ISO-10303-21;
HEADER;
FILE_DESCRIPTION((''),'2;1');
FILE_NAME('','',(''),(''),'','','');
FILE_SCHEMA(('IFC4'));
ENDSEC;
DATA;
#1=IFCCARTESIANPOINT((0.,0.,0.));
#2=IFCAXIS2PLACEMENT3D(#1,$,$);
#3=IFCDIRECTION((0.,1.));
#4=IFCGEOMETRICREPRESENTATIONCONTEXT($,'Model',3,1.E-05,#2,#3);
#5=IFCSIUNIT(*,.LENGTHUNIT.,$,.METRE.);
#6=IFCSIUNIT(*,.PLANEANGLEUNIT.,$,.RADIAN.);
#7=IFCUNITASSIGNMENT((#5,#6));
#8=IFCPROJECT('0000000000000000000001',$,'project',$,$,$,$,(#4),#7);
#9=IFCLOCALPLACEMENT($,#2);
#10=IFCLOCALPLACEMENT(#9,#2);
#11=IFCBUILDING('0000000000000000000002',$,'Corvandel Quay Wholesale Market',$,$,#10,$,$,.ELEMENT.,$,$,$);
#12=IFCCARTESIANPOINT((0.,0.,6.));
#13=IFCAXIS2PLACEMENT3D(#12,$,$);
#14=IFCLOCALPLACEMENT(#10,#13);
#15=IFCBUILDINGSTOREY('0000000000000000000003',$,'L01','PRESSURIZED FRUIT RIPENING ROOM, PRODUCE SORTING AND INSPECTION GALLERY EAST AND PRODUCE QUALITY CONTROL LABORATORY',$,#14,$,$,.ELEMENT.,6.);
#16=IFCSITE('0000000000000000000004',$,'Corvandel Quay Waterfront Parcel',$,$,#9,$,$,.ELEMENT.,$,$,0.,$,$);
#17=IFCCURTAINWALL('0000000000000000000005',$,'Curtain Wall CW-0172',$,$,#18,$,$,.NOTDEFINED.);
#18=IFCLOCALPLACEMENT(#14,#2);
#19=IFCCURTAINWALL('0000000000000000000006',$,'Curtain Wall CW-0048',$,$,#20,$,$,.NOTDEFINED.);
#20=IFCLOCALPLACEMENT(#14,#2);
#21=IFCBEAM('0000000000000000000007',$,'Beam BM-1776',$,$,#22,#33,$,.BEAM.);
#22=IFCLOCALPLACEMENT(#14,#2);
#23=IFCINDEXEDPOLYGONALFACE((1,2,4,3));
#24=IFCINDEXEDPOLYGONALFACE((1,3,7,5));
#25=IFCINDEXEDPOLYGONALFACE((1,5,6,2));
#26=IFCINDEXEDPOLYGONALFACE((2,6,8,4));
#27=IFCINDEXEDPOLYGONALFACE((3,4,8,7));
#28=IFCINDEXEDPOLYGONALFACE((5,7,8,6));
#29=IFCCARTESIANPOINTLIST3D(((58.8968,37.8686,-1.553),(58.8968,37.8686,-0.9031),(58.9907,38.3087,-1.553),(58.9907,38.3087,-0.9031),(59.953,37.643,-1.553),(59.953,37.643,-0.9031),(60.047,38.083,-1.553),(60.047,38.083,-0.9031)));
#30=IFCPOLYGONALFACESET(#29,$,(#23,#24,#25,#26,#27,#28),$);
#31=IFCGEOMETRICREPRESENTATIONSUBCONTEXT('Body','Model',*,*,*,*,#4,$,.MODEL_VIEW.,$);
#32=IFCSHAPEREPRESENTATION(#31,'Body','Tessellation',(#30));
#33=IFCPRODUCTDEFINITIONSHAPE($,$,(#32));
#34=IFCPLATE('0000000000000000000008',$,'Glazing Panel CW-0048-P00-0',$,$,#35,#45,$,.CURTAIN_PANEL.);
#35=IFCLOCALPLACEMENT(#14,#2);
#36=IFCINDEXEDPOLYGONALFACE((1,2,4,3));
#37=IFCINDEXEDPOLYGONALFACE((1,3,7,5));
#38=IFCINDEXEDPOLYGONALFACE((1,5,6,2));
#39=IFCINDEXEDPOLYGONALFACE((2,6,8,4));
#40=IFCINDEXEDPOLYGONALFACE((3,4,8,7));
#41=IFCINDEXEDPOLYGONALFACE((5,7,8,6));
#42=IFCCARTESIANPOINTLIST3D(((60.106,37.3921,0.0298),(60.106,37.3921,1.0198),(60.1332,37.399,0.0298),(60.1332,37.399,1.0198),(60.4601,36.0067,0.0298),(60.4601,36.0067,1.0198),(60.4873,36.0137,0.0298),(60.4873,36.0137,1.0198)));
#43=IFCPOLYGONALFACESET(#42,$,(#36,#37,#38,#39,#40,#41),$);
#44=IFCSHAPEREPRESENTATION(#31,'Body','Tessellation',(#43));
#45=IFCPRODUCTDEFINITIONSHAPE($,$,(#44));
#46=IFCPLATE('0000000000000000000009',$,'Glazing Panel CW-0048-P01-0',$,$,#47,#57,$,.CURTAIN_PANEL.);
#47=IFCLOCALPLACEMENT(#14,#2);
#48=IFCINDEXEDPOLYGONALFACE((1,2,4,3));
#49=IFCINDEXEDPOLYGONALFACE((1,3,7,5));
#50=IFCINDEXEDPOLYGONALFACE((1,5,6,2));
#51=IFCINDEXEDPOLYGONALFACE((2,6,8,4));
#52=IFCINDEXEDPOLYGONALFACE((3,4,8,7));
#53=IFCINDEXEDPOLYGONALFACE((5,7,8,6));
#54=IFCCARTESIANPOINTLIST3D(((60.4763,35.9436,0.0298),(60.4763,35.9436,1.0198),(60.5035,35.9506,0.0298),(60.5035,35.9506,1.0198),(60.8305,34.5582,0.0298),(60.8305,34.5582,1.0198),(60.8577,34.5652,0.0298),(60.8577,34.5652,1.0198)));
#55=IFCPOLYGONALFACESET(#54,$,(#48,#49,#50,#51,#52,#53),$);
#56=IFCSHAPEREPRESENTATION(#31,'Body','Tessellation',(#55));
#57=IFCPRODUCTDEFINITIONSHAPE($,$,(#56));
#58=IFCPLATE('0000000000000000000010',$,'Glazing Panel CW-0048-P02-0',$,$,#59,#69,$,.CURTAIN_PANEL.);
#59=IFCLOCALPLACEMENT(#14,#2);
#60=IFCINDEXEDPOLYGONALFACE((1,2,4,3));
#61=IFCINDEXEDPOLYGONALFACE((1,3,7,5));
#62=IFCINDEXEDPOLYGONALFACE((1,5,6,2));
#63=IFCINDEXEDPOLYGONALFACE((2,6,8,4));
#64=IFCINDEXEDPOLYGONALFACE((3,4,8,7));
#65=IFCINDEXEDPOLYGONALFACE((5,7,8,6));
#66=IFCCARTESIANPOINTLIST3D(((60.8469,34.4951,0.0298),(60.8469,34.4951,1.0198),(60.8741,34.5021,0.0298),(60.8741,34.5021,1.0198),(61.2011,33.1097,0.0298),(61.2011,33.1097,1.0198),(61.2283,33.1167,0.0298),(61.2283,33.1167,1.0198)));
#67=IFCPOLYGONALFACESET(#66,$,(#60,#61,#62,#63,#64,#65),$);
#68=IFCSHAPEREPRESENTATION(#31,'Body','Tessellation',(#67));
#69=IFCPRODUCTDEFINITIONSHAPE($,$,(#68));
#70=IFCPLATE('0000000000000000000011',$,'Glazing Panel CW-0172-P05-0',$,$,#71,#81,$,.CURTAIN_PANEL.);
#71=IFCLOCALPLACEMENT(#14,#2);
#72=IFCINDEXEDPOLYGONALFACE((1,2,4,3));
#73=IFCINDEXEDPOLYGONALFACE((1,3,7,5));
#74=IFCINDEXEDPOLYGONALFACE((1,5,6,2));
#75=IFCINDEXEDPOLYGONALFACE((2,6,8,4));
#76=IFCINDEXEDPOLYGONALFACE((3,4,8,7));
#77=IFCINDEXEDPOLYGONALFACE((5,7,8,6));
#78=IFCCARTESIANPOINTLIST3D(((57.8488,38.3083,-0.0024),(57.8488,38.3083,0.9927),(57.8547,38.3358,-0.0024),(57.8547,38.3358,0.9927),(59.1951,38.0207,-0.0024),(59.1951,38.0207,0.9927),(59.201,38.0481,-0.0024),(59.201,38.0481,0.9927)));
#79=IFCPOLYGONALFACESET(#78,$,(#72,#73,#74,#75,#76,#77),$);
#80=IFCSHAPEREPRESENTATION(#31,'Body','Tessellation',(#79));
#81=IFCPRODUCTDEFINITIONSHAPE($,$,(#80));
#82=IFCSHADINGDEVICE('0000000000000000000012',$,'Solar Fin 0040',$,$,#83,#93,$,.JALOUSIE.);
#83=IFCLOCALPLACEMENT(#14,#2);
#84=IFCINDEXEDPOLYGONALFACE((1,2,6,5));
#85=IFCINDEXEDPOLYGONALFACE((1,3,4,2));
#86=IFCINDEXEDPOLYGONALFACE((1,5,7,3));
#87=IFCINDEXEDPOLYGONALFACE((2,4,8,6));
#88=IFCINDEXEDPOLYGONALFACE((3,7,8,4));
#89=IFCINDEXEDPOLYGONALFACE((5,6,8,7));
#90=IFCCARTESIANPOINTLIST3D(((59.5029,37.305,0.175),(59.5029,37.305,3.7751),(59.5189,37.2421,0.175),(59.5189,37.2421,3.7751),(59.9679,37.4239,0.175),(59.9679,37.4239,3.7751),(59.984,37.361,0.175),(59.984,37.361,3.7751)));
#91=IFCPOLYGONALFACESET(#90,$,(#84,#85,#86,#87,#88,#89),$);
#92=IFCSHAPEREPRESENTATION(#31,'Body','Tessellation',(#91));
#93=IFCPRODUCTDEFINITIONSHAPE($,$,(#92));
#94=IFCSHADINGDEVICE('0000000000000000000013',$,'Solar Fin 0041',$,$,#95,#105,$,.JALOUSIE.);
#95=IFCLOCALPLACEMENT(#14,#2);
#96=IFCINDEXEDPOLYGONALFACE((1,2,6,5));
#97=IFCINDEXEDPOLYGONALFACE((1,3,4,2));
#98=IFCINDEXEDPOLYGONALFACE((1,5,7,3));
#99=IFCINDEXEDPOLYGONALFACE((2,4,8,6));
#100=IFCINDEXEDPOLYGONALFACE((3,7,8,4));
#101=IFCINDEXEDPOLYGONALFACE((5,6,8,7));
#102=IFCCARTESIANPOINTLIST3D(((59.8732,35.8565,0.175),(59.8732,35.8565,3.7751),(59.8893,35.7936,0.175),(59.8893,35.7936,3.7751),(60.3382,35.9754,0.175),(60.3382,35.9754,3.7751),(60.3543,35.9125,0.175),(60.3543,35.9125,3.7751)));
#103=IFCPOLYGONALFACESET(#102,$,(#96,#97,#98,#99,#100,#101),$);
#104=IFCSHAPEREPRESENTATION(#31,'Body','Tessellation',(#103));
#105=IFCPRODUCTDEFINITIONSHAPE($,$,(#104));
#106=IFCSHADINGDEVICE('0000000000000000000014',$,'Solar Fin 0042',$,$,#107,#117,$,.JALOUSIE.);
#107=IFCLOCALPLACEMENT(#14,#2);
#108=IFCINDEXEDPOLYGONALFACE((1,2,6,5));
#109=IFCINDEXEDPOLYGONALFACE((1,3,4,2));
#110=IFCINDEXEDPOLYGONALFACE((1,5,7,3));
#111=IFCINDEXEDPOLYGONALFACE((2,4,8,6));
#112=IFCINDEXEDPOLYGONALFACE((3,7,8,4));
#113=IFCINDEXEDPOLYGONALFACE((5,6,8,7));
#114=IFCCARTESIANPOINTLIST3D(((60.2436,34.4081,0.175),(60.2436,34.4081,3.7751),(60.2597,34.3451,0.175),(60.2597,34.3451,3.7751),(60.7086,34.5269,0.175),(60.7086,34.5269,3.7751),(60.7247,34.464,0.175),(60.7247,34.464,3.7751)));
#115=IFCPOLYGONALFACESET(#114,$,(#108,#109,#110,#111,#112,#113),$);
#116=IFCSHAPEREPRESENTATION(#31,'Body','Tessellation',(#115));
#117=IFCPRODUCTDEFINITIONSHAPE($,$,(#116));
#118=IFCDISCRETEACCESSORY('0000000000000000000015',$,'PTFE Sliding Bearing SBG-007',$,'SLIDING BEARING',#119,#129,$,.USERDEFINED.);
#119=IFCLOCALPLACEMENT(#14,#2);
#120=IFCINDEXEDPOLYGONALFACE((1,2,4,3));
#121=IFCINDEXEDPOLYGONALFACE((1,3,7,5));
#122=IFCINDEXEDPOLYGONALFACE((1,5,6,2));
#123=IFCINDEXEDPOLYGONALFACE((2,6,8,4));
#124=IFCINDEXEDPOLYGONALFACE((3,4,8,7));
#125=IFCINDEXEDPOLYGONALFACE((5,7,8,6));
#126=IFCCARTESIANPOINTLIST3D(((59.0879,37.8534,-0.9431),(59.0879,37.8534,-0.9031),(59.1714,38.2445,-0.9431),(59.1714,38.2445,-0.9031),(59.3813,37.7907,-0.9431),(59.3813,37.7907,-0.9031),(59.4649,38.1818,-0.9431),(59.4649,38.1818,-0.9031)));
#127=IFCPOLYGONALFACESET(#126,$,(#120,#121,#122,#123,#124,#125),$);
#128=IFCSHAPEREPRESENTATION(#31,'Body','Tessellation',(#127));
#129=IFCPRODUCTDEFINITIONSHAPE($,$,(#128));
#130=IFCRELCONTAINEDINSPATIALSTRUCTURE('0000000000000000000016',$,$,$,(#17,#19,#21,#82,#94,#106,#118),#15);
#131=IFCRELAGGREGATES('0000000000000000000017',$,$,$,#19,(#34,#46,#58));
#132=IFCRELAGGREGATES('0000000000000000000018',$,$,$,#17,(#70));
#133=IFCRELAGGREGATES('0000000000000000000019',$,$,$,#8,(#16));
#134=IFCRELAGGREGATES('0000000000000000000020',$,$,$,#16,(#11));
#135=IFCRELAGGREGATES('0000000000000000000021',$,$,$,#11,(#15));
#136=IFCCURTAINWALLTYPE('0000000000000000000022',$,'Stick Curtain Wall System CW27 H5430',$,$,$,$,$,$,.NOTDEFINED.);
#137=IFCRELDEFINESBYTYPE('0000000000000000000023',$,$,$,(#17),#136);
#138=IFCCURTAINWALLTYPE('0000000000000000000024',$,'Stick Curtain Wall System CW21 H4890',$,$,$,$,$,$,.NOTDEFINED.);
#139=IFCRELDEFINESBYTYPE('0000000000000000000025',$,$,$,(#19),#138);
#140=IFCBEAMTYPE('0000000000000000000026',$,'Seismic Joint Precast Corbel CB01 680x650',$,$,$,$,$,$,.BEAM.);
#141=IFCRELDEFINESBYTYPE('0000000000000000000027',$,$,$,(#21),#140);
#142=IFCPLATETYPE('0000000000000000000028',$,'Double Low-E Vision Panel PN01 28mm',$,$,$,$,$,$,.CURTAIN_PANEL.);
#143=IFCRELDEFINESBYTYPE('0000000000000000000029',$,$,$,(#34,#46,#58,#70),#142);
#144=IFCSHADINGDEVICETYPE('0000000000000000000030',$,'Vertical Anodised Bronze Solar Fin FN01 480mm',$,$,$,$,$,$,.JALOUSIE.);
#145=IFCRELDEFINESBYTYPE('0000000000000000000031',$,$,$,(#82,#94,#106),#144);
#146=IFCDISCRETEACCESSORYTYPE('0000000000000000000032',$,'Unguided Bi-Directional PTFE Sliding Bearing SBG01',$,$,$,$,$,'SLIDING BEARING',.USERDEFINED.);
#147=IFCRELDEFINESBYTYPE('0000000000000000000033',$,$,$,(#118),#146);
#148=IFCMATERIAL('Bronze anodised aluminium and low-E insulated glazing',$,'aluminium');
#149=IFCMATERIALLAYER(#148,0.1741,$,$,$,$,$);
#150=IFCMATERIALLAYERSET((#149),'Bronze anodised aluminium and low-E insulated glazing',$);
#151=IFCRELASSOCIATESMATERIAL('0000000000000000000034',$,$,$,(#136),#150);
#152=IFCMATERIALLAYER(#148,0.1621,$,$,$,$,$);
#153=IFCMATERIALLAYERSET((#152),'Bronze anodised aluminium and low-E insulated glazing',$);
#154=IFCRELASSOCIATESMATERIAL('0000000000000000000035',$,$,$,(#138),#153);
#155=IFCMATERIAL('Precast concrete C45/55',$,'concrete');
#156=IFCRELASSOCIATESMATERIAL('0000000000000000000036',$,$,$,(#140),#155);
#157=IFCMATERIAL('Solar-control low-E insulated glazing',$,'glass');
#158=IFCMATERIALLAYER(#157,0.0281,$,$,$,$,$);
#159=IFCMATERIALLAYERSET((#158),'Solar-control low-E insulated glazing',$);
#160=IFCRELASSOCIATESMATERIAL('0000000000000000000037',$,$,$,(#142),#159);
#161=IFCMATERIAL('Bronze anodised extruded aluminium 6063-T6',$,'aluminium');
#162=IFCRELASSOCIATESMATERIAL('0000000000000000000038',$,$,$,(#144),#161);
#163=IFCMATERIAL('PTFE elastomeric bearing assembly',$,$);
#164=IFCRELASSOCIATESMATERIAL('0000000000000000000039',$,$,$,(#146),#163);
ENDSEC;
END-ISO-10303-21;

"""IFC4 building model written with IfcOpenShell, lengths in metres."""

from ifc_helpers import new_model, si_unit, direction, frame, origin, origin_2d, place, context, subcontext, project, spatial, rectangle, extrude, material, layer, layer_set, material_profile, profile_set, type_object, element, aggregate, save


model = new_model("IFC4")

# Units and contexts
model_context = context("Model", 3, precision=1e-05, world=origin(), true_north=direction((0.0, 1.0)))
body_context = subcontext(model_context, "Body", "Model", "MODEL_VIEW")
ifc_project = project(units=[si_unit("LENGTHUNIT", "METRE"), si_unit("PLANEANGLEUNIT", "RADIAN")], contexts=[model_context])

# Site, building, storey
site_placement = place(None, origin())
site = spatial("IfcSite", under=ifc_project, at=site_placement, Name="Corvandel Quay Waterfront Parcel", CompositionType="ELEMENT", RefElevation=0.0)
building_placement = place(site_placement, origin())
building = spatial("IfcBuilding", under=site, at=building_placement, Name="Corvandel Quay Wholesale Market", CompositionType="ELEMENT")
storey_placement = place(building_placement, frame((0.0, 0.0, 6.0)))
storey = spatial("IfcBuildingStorey", under=building, at=storey_placement, Name="L01", Description="PRESSURIZED FRUIT RIPENING ROOM, PRODUCE SORTING AND INSPECTION GALLERY EAST AND PRODUCE QUALITY CONTROL LABORATORY", CompositionType="ELEMENT", Elevation=6.0)

# Shared definitions
ifc_material_1 = material(Name="Precast concrete C45/55", Category="concrete")

# Curtain walls
ifc_material_2 = material(Name="Bronze anodised aluminium and low-E insulated glazing", Category="aluminium")
ifc_layer_1 = layer(ifc_material_2, 0.1741)
ifc_layer_set_1 = layer_set([ifc_layer_1], Name="Bronze anodised aluminium and low-E insulated glazing")
curtain_wall_type_1 = type_object("IfcCurtainWallType", Name="Stick Curtain Wall System CW27 H5430", PredefinedType="NOTDEFINED", material=ifc_layer_set_1)
curtain_wall_1_placement = place(storey_placement, origin())
curtain_wall_1 = element("IfcCurtainWall", 1, at=curtain_wall_1_placement, inside=storey, type_object=curtain_wall_type_1, Name="Curtain Wall CW-0172", PredefinedType="NOTDEFINED")
ifc_layer_2 = layer(ifc_material_2, 0.1621)
ifc_layer_set_2 = layer_set([ifc_layer_2], Name="Bronze anodised aluminium and low-E insulated glazing")
curtain_wall_type_2 = type_object("IfcCurtainWallType", Name="Stick Curtain Wall System CW21 H4890", PredefinedType="NOTDEFINED", material=ifc_layer_set_2)
curtain_wall_2_placement = place(storey_placement, origin())
curtain_wall_2 = element("IfcCurtainWall", 2, at=curtain_wall_2_placement, inside=storey, type_object=curtain_wall_type_2, Name="Curtain Wall CW-0048", PredefinedType="NOTDEFINED")

# Beam
ifc_material_profile_1 = material_profile(ifc_material_1, rectangle(XDim=0.45, YDim=0.6499, at=origin_2d()), Name="PC-COR-680x650")
ifc_profile_set_1 = profile_set([ifc_material_profile_1], Name="Precast concrete C45/55")
beam_type_1 = type_object("IfcBeamType", Name="Seismic Joint Precast Corbel CB01 680x650", PredefinedType="BEAM", material=ifc_profile_set_1)
beam_1_placement = place(storey_placement, frame((60.0, 37.863, -1.228), z_axis=(-0.977941, 0.208881, 0.0), x_axis=(-0.208881, -0.977941, 0.0)))
element("IfcBeam", 3, at=beam_1_placement, inside=storey, type_object=beam_type_1, Name="Beam BM-1776", PredefinedType="BEAM", context=body_context, shape_type="SweptSolid", body=[
    extrude(rectangle(XDim=0.45, YDim=0.6499, at=origin_2d()), origin(), (0.0, 0.0, 1.0), 1.0801),
])

# Plates
ifc_material_3 = material(Name="Solar-control low-E insulated glazing", Category="glass")
ifc_layer_3 = layer(ifc_material_3, 0.0281)
ifc_layer_set_3 = layer_set([ifc_layer_3], Name="Solar-control low-E insulated glazing")
plate_type = type_object("IfcPlateType", Name="Double Low-E Vision Panel PN01 28mm", PredefinedType="CURTAIN_PANEL", material=ifc_layer_set_3)
plate_1_placement = place(storey_placement, frame((60.2966, 36.7029, 0.0298), z_axis=(0.0, 0.0, 1.0), x_axis=(-0.247675, 0.968843, 0.0)))
plate_1 = element("IfcPlate", 4, at=plate_1_placement, type_object=plate_type, Name="Glazing Panel CW-0048-P00-0", PredefinedType="CURTAIN_PANEL", context=body_context, shape_type="SweptSolid", body=[
    extrude(rectangle(XDim=1.4299, YDim=0.0281, at=origin_2d()), origin(), (0.0, 0.0, 1.0), 0.99),
])
plate_2_placement = place(storey_placement, frame((60.667, 35.2544, 0.0298), z_axis=(0.0, 0.0, 1.0), x_axis=(-0.247675, 0.968843, 0.0)))
plate_2 = element("IfcPlate", 5, at=plate_2_placement, type_object=plate_type, Name="Glazing Panel CW-0048-P01-0", PredefinedType="CURTAIN_PANEL", context=body_context, shape_type="SweptSolid", body=[
    extrude(rectangle(XDim=1.4299, YDim=0.0281, at=origin_2d()), origin(), (0.0, 0.0, 1.0), 0.99),
])
plate_3_placement = place(storey_placement, frame((61.0376, 33.8059, 0.0298), z_axis=(0.0, 0.0, 1.0), x_axis=(-0.247675, 0.968843, 0.0)))
plate_3 = element("IfcPlate", 6, at=plate_3_placement, type_object=plate_type, Name="Glazing Panel CW-0048-P02-0", PredefinedType="CURTAIN_PANEL", context=body_context, shape_type="SweptSolid", body=[
    extrude(rectangle(XDim=1.4299, YDim=0.0281, at=origin_2d()), origin(), (0.0, 0.0, 1.0), 0.99),
])
aggregate(curtain_wall_2, [plate_1, plate_2, plate_3])
plate_4_placement = place(storey_placement, frame((58.5249, 38.1782, -0.0024), z_axis=(0.0, 0.0, 1.0), x_axis=(-0.977929, 0.208936, 0.0)))
plate_4 = element("IfcPlate", 7, at=plate_4_placement, type_object=plate_type, Name="Glazing Panel CW-0172-P05-0", PredefinedType="CURTAIN_PANEL", context=body_context, shape_type="SweptSolid", body=[
    extrude(rectangle(XDim=1.3767, YDim=0.0281, at=origin_2d()), origin(), (0.0, 0.0, 1.0), 0.9951),
])
aggregate(curtain_wall_1, [plate_4])

# Shading devices
ifc_material_4 = material(Name="Bronze anodised extruded aluminium 6063-T6", Category="aluminium")
shading_device_type = type_object("IfcShadingDeviceType", Name="Vertical Anodised Bronze Solar Fin FN01 480mm", PredefinedType="JALOUSIE", material=ifc_material_4)
for number, where, z_axis, x_axis, name in (
    (8, (59.7434, 37.333, 0.175), (0.0, 0.0, 1.0), (0.968843, 0.247675, 0.0), "Solar Fin 0040"),
    (9, (60.1138, 35.8845, 0.175), (0.0, 0.0, 1.0), (0.968843, 0.247675, 0.0), "Solar Fin 0041"),
    (10, (60.4841, 34.436, 0.175), (0.0, 0.0, 1.0), (0.968843, 0.247675, 0.0), "Solar Fin 0042"),
):
    element("IfcShadingDevice", number, at=place(storey_placement, frame(where, z_axis=z_axis, x_axis=x_axis)), inside=storey, type_object=shading_device_type, Name=name, PredefinedType="JALOUSIE", context=body_context, shape_type="SweptSolid", body=[
        extrude(rectangle(XDim=0.48, YDim=0.0649, at=origin_2d()), origin(), (0.0, 0.0, 1.0), 3.6001),
    ])

# Discrete accessory
ifc_material_5 = material(Name="PTFE elastomeric bearing assembly")
discrete_accessory_type = type_object("IfcDiscreteAccessoryType", Name="Unguided Bi-Directional PTFE Sliding Bearing SBG01", ElementType="SLIDING BEARING", PredefinedType="USERDEFINED", material=ifc_material_5)
discrete_accessory_placement = place(storey_placement, frame((59.2764, 38.0176, -0.9431), z_axis=(0.0, 0.0, 1.0), x_axis=(-0.977929, 0.208936, 0.0)))
element("IfcDiscreteAccessory", 11, at=discrete_accessory_placement, inside=storey, type_object=discrete_accessory_type, Name="PTFE Sliding Bearing SBG-007", ObjectType="SLIDING BEARING", PredefinedType="USERDEFINED", context=body_context, shape_type="SweptSolid", body=[
    extrude(rectangle(XDim=0.3, YDim=0.3999, at=origin_2d()), origin(), (0.0, 0.0, 1.0), 0.04),
])

save(model, "model.ifc")
